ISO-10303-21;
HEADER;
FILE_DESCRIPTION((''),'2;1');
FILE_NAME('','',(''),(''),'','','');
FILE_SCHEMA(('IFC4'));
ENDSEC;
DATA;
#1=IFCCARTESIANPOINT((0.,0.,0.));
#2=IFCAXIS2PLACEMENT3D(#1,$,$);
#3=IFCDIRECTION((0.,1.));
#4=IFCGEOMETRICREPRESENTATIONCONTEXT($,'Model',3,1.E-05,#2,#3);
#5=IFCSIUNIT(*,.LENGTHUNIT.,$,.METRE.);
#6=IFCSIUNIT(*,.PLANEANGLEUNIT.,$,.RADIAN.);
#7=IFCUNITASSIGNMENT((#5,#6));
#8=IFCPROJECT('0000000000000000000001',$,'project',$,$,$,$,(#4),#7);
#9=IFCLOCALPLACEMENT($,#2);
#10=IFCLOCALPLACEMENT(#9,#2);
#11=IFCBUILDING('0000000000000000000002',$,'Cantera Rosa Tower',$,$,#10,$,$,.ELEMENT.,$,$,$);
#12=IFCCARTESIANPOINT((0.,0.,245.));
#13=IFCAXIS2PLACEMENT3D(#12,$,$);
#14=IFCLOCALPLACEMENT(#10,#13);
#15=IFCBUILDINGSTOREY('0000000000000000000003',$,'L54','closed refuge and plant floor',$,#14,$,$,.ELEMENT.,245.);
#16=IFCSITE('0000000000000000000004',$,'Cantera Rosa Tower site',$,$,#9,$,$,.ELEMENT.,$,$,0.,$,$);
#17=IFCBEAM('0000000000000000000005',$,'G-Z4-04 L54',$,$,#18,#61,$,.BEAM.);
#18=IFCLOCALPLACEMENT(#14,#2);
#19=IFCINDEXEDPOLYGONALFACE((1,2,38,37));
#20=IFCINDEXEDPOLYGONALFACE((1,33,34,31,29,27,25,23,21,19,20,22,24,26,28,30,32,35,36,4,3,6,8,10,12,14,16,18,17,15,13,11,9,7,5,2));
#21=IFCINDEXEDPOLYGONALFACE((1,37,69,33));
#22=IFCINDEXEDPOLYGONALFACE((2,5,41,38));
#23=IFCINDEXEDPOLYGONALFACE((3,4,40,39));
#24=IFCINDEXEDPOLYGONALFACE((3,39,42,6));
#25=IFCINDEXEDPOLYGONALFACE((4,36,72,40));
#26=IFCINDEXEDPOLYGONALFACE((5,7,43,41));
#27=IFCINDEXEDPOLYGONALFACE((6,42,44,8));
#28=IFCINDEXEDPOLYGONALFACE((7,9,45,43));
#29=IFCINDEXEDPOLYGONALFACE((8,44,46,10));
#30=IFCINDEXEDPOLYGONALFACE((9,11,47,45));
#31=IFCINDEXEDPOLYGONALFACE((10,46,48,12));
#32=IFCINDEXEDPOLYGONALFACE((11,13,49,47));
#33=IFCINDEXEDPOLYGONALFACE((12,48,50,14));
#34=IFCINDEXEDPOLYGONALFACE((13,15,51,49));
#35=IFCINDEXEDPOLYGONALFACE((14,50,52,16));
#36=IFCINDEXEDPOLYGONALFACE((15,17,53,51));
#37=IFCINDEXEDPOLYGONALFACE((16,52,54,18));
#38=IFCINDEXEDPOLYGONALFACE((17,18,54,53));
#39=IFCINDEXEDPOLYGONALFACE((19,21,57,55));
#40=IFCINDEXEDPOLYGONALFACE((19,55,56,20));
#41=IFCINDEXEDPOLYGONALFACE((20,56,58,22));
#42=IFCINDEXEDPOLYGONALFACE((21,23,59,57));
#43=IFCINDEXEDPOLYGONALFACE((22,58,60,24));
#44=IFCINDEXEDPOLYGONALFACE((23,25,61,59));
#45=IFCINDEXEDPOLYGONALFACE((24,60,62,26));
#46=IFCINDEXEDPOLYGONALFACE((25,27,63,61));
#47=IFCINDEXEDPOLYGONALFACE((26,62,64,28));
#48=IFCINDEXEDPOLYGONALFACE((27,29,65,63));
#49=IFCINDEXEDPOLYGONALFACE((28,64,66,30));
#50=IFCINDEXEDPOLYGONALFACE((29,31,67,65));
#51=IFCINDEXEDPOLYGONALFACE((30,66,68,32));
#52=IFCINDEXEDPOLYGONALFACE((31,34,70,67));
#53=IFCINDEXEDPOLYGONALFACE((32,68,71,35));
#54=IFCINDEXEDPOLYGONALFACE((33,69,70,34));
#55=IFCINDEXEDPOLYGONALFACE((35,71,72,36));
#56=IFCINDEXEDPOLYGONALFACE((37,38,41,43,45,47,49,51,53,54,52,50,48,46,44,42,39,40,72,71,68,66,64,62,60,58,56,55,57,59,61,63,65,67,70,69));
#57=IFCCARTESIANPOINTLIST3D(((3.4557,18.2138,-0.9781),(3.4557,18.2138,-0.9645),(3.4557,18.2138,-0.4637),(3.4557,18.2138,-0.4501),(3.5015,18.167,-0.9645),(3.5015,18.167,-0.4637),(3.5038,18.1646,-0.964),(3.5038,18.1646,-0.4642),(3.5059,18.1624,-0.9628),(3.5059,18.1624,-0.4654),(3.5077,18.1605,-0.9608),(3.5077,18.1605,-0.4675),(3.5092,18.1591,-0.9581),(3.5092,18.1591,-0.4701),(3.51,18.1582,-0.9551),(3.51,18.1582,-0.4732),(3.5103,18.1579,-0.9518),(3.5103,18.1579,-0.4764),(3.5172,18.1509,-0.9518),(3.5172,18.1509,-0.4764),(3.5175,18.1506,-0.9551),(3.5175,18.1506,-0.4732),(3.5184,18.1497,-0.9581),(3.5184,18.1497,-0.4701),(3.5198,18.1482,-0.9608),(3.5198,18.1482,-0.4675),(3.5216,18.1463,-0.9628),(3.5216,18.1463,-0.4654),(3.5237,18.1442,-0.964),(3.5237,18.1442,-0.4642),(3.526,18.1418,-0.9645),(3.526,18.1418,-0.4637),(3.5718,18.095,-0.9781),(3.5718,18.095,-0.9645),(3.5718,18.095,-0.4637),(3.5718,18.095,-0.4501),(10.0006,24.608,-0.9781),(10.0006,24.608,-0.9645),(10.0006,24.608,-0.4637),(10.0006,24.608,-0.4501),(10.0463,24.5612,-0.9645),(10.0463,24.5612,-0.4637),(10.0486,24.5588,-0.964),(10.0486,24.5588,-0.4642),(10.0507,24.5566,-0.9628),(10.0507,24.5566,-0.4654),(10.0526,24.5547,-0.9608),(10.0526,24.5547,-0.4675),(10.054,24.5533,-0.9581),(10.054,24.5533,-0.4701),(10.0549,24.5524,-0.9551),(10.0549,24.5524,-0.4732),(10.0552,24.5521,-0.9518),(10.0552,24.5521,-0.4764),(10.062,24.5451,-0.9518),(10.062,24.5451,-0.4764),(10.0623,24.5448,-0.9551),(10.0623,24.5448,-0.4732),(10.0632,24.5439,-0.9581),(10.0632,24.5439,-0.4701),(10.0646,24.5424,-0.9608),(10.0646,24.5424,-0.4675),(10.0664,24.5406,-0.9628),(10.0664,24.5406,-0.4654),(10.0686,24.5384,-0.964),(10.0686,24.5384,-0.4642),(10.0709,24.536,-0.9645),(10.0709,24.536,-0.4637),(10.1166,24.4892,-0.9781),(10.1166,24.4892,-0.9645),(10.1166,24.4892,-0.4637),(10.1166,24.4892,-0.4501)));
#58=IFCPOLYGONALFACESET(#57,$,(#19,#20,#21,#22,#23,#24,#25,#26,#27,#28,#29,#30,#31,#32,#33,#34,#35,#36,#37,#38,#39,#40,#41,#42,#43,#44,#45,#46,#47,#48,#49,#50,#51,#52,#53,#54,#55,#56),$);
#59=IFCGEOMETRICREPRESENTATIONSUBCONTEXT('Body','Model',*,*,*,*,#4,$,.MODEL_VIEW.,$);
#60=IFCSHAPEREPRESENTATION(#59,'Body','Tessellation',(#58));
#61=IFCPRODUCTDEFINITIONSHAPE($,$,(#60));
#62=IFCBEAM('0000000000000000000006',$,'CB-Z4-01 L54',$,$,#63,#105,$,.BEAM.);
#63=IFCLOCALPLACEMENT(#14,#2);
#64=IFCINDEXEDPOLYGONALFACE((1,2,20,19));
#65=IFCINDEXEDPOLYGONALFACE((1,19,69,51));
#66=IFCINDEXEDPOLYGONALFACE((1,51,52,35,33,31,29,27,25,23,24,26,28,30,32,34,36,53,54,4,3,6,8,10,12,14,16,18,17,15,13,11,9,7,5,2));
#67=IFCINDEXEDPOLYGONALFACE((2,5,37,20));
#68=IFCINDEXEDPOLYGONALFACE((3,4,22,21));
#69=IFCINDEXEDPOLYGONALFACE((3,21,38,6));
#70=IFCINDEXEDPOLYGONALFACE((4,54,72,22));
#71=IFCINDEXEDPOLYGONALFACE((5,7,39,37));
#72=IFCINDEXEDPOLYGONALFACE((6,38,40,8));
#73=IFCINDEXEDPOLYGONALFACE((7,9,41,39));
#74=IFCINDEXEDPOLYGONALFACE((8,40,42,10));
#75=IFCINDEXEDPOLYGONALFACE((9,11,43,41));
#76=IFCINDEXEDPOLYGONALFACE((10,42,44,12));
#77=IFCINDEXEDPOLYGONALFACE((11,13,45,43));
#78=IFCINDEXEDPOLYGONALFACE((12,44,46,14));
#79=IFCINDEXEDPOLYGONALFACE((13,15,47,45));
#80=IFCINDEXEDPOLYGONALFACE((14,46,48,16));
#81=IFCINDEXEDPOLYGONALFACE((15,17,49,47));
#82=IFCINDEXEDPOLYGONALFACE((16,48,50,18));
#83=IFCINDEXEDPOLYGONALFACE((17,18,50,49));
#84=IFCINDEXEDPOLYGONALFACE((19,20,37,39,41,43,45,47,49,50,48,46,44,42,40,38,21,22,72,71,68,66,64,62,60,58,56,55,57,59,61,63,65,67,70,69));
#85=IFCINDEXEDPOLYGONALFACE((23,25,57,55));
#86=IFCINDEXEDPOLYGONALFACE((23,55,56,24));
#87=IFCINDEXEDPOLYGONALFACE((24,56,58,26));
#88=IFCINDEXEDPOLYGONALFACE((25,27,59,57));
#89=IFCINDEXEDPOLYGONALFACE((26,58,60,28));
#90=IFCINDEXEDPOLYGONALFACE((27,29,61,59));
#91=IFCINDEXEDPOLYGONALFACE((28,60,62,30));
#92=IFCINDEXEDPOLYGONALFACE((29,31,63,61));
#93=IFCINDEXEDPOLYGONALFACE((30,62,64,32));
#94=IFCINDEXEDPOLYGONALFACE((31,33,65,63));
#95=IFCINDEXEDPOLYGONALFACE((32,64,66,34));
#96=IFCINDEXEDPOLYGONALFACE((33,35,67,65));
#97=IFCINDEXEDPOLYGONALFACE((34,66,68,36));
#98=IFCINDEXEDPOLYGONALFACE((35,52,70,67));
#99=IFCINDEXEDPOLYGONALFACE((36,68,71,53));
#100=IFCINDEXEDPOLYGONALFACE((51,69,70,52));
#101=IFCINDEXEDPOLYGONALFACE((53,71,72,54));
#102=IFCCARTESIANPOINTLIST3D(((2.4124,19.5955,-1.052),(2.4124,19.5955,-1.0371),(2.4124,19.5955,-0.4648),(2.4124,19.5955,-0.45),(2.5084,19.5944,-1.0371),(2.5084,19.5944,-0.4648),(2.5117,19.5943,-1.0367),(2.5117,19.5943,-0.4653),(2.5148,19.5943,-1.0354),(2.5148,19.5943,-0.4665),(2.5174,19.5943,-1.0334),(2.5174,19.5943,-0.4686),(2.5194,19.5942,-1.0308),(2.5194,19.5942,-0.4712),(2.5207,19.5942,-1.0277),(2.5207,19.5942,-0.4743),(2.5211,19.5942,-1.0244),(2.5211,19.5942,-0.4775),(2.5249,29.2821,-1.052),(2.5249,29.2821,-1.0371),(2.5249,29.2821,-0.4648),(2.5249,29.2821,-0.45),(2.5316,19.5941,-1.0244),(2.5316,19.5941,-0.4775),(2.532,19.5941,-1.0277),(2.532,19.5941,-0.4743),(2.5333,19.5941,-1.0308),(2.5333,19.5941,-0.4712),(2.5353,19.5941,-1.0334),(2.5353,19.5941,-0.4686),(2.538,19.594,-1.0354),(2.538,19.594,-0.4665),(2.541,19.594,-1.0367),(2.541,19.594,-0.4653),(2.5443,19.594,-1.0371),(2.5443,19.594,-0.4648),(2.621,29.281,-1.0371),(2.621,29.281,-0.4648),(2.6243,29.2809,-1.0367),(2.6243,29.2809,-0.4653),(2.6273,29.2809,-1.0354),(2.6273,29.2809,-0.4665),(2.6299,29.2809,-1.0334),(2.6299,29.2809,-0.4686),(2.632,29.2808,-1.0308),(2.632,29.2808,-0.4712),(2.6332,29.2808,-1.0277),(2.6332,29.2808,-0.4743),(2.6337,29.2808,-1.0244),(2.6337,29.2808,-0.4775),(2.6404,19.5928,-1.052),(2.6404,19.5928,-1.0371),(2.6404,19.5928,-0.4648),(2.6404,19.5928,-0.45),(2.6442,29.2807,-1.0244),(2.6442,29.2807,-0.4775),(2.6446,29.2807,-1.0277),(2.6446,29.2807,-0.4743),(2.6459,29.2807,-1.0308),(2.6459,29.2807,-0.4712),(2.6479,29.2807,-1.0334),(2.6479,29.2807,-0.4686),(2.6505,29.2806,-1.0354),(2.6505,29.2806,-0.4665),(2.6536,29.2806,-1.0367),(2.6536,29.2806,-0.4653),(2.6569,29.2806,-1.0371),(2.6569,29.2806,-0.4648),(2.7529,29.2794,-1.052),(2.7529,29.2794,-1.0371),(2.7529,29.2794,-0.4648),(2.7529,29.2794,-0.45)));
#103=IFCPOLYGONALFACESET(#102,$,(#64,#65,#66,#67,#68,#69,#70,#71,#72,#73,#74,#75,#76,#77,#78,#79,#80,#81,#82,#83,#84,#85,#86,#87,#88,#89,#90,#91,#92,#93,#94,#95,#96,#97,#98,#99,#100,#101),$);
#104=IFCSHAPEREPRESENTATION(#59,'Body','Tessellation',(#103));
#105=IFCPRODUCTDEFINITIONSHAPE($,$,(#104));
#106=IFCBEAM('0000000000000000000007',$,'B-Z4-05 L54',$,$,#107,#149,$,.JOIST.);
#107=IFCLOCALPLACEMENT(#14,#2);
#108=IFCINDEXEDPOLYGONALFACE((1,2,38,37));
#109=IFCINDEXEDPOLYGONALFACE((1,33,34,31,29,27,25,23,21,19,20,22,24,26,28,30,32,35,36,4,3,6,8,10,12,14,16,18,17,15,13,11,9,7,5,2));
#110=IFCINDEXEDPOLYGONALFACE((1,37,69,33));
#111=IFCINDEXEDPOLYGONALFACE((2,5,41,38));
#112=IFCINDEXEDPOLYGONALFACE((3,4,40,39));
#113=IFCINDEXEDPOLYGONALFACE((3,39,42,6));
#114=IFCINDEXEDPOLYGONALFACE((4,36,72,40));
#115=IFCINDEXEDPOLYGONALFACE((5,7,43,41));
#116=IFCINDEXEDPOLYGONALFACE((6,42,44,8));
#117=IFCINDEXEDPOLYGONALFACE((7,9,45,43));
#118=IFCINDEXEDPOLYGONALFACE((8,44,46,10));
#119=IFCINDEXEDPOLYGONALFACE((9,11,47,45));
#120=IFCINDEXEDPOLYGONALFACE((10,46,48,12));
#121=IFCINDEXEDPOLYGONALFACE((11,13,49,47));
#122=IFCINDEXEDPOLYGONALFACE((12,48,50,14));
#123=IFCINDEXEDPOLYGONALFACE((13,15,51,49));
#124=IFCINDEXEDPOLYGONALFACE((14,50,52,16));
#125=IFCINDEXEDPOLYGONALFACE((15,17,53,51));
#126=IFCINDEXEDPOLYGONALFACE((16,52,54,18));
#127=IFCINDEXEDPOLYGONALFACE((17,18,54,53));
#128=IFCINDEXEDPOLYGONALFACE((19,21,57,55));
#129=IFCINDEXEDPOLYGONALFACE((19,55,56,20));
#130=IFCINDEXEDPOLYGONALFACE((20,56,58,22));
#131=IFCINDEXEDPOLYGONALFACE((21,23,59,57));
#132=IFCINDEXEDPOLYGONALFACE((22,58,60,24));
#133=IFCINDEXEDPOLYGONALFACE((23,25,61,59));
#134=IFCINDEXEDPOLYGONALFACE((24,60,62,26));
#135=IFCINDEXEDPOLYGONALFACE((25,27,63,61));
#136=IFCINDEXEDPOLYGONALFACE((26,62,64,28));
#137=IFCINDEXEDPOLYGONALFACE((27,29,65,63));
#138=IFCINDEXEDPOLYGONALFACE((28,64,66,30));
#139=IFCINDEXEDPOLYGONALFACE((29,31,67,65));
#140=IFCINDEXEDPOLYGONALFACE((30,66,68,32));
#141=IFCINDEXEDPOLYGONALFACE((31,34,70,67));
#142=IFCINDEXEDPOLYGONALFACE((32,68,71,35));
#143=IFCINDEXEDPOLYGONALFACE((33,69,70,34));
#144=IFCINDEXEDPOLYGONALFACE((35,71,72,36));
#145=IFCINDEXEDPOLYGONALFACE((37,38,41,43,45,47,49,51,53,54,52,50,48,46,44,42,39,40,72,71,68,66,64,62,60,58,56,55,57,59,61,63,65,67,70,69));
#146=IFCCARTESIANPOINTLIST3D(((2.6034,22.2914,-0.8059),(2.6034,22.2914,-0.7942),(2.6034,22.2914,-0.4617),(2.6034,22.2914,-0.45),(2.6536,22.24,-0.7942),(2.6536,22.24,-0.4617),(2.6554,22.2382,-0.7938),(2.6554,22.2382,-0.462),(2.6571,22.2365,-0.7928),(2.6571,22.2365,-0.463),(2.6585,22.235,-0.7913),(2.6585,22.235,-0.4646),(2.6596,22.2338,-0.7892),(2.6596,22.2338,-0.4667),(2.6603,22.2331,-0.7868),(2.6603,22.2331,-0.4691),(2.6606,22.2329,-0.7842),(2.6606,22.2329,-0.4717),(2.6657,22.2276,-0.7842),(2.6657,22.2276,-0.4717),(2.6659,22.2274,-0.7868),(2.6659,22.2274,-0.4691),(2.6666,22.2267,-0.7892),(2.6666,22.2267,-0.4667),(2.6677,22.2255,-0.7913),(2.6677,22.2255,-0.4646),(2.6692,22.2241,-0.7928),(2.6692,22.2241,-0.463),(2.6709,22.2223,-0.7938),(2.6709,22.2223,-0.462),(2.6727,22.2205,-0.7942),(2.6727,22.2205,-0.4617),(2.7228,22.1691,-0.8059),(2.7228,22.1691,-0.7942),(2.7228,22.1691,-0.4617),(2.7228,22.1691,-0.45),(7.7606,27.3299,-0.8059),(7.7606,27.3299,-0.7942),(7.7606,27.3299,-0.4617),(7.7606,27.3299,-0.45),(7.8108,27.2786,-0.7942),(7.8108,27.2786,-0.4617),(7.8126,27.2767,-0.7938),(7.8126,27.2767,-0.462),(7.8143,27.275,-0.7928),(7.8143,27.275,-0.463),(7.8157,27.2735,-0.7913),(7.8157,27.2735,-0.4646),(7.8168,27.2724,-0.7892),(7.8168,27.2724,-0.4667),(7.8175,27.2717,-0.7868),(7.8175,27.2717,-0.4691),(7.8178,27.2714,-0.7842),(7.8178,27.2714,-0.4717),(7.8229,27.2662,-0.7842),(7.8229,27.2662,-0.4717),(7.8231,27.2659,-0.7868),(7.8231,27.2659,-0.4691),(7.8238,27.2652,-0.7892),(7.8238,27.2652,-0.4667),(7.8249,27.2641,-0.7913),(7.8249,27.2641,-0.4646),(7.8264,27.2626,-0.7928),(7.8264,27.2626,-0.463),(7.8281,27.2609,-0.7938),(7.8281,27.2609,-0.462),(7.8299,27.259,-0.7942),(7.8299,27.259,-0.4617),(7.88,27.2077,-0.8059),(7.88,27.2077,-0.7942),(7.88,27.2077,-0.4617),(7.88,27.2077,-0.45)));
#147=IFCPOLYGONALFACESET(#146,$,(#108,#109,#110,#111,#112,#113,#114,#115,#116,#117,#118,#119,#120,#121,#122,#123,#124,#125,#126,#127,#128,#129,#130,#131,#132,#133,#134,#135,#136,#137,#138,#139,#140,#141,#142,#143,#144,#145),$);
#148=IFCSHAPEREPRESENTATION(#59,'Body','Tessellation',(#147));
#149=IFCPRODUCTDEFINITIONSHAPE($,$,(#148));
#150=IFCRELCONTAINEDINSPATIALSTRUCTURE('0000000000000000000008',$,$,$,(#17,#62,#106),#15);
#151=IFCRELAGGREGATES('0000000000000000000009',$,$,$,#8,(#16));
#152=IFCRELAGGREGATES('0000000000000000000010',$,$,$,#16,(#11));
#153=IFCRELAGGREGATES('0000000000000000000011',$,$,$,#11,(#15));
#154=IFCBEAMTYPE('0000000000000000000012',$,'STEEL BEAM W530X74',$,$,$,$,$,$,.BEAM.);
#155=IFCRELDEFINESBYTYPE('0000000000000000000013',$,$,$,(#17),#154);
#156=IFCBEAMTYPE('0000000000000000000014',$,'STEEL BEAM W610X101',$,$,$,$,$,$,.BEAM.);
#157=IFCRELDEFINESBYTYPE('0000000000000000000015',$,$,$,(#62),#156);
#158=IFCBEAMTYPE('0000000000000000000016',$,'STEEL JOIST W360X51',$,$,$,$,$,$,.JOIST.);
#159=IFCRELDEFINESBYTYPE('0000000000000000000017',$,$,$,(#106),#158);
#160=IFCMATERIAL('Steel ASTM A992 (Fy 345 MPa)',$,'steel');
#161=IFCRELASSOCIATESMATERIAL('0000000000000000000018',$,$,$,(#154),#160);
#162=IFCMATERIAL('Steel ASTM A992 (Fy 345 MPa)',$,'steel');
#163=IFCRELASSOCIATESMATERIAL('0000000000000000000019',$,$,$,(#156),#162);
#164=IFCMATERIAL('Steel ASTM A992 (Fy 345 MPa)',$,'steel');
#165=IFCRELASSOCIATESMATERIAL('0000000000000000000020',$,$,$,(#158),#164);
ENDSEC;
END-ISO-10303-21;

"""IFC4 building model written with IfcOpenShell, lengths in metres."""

from ifc_helpers import new_model, si_unit, direction, frame, origin, origin_2d, place, context, subcontext, project, spatial, i_section, extrude, material, material_profile, profile_set, type_object, element, save


model = new_model("IFC4")

# Units and contexts
model_context = context("Model", 3, precision=1e-05, world=origin(), true_north=direction((0.0, 1.0)))
body_context = subcontext(model_context, "Body", "Model", "MODEL_VIEW")
ifc_project = project(units=[si_unit("LENGTHUNIT", "METRE"), si_unit("PLANEANGLEUNIT", "RADIAN")], contexts=[model_context])

# Site, building, storey
site_placement = place(None, origin())
site = spatial("IfcSite", under=ifc_project, at=site_placement, Name="Cantera Rosa Tower site", CompositionType="ELEMENT", RefElevation=0.0)
building_placement = place(site_placement, origin())
building = spatial("IfcBuilding", under=site, at=building_placement, Name="Cantera Rosa Tower", CompositionType="ELEMENT")
storey_placement = place(building_placement, frame((0.0, 0.0, 245.0)))
storey = spatial("IfcBuildingStorey", under=building, at=storey_placement, Name="L54", Description="closed refuge and plant floor", CompositionType="ELEMENT", Elevation=245.0)

# Beams
ifc_material_1 = material(Name="Steel ASTM A992 (Fy 345 MPa)", Category="steel")
ifc_material_profile_1 = material_profile(ifc_material_1, i_section(OverallWidth=0.166, OverallDepth=0.5281, WebThickness=0.0098, FlangeThickness=0.0137, FilletRadius=0.0127, at=origin_2d()), Name="W530X74")
ifc_profile_set_1 = profile_set([ifc_material_profile_1], Name="Steel ASTM A992 (Fy 345 MPa)")
beam_type_1 = type_object("IfcBeamType", Name="STEEL BEAM W530X74", PredefinedType="BEAM", material=ifc_profile_set_1)
beam_1_placement = place(storey_placement, frame((10.0586, 24.5486, -0.7141), z_axis=(-0.71529, -0.698827, 0.0), x_axis=(0.698827, -0.71529, 0.0)))
element("IfcBeam", 1, at=beam_1_placement, inside=storey, type_object=beam_type_1, Name="G-Z4-04 L54", PredefinedType="BEAM", context=body_context, shape_type="SweptSolid", body=[
    extrude(i_section(OverallWidth=0.166, OverallDepth=0.5281, WebThickness=0.0098, FlangeThickness=0.0137, FilletRadius=0.0127, at=origin_2d()), origin(), (0.0, 0.0, 1.0), 9.1499),
])
ifc_material_2 = material(Name="Steel ASTM A992 (Fy 345 MPa)", Category="steel")
ifc_material_profile_2 = material_profile(ifc_material_2, i_section(OverallWidth=0.228, OverallDepth=0.6021, WebThickness=0.0105, FlangeThickness=0.0149, FilletRadius=0.0127, at=origin_2d()), Name="W610X101")
ifc_profile_set_2 = profile_set([ifc_material_profile_2], Name="Steel ASTM A992 (Fy 345 MPa)")
beam_type_2 = type_object("IfcBeamType", Name="STEEL BEAM W610X101", PredefinedType="BEAM", material=ifc_profile_set_2)
beam_2_placement = place(storey_placement, frame((2.6389, 29.2808, -0.751), z_axis=(-0.011618, -0.999933, 0.0), x_axis=(0.999933, -0.011618, 0.0)))
element("IfcBeam", 2, at=beam_2_placement, inside=storey, type_object=beam_type_2, Name="CB-Z4-01 L54", PredefinedType="BEAM", context=body_context, shape_type="SweptSolid", body=[
    extrude(i_section(OverallWidth=0.228, OverallDepth=0.6021, WebThickness=0.0105, FlangeThickness=0.0149, FilletRadius=0.0127, at=origin_2d()), origin(), (0.0, 0.0, 1.0), 9.6873),
])
ifc_material_3 = material(Name="Steel ASTM A992 (Fy 345 MPa)", Category="steel")
ifc_material_profile_3 = material_profile(ifc_material_3, i_section(OverallWidth=0.1709, OverallDepth=0.356, WebThickness=0.0073, FlangeThickness=0.0117, FilletRadius=0.01, at=origin_2d()), Name="W360X51")
ifc_profile_set_3 = profile_set([ifc_material_profile_3], Name="Steel ASTM A992 (Fy 345 MPa)")
beam_type_3 = type_object("IfcBeamType", Name="STEEL JOIST W360X51", PredefinedType="JOIST", material=ifc_profile_set_3)
beam_3_placement = place(storey_placement, frame((7.8203, 27.2688, -0.6279), z_axis=(-0.715287, -0.698831, 0.0), x_axis=(0.698831, -0.715287, 0.0)))
element("IfcBeam", 3, at=beam_3_placement, inside=storey, type_object=beam_type_3, Name="B-Z4-05 L54", PredefinedType="JOIST", context=body_context, shape_type="SweptSolid", body=[
    extrude(i_section(OverallWidth=0.1709, OverallDepth=0.356, WebThickness=0.0073, FlangeThickness=0.0117, FilletRadius=0.01, at=origin_2d()), origin(), (0.0, 0.0, 1.0), 7.21),
])

save(model, "model.ifc")
